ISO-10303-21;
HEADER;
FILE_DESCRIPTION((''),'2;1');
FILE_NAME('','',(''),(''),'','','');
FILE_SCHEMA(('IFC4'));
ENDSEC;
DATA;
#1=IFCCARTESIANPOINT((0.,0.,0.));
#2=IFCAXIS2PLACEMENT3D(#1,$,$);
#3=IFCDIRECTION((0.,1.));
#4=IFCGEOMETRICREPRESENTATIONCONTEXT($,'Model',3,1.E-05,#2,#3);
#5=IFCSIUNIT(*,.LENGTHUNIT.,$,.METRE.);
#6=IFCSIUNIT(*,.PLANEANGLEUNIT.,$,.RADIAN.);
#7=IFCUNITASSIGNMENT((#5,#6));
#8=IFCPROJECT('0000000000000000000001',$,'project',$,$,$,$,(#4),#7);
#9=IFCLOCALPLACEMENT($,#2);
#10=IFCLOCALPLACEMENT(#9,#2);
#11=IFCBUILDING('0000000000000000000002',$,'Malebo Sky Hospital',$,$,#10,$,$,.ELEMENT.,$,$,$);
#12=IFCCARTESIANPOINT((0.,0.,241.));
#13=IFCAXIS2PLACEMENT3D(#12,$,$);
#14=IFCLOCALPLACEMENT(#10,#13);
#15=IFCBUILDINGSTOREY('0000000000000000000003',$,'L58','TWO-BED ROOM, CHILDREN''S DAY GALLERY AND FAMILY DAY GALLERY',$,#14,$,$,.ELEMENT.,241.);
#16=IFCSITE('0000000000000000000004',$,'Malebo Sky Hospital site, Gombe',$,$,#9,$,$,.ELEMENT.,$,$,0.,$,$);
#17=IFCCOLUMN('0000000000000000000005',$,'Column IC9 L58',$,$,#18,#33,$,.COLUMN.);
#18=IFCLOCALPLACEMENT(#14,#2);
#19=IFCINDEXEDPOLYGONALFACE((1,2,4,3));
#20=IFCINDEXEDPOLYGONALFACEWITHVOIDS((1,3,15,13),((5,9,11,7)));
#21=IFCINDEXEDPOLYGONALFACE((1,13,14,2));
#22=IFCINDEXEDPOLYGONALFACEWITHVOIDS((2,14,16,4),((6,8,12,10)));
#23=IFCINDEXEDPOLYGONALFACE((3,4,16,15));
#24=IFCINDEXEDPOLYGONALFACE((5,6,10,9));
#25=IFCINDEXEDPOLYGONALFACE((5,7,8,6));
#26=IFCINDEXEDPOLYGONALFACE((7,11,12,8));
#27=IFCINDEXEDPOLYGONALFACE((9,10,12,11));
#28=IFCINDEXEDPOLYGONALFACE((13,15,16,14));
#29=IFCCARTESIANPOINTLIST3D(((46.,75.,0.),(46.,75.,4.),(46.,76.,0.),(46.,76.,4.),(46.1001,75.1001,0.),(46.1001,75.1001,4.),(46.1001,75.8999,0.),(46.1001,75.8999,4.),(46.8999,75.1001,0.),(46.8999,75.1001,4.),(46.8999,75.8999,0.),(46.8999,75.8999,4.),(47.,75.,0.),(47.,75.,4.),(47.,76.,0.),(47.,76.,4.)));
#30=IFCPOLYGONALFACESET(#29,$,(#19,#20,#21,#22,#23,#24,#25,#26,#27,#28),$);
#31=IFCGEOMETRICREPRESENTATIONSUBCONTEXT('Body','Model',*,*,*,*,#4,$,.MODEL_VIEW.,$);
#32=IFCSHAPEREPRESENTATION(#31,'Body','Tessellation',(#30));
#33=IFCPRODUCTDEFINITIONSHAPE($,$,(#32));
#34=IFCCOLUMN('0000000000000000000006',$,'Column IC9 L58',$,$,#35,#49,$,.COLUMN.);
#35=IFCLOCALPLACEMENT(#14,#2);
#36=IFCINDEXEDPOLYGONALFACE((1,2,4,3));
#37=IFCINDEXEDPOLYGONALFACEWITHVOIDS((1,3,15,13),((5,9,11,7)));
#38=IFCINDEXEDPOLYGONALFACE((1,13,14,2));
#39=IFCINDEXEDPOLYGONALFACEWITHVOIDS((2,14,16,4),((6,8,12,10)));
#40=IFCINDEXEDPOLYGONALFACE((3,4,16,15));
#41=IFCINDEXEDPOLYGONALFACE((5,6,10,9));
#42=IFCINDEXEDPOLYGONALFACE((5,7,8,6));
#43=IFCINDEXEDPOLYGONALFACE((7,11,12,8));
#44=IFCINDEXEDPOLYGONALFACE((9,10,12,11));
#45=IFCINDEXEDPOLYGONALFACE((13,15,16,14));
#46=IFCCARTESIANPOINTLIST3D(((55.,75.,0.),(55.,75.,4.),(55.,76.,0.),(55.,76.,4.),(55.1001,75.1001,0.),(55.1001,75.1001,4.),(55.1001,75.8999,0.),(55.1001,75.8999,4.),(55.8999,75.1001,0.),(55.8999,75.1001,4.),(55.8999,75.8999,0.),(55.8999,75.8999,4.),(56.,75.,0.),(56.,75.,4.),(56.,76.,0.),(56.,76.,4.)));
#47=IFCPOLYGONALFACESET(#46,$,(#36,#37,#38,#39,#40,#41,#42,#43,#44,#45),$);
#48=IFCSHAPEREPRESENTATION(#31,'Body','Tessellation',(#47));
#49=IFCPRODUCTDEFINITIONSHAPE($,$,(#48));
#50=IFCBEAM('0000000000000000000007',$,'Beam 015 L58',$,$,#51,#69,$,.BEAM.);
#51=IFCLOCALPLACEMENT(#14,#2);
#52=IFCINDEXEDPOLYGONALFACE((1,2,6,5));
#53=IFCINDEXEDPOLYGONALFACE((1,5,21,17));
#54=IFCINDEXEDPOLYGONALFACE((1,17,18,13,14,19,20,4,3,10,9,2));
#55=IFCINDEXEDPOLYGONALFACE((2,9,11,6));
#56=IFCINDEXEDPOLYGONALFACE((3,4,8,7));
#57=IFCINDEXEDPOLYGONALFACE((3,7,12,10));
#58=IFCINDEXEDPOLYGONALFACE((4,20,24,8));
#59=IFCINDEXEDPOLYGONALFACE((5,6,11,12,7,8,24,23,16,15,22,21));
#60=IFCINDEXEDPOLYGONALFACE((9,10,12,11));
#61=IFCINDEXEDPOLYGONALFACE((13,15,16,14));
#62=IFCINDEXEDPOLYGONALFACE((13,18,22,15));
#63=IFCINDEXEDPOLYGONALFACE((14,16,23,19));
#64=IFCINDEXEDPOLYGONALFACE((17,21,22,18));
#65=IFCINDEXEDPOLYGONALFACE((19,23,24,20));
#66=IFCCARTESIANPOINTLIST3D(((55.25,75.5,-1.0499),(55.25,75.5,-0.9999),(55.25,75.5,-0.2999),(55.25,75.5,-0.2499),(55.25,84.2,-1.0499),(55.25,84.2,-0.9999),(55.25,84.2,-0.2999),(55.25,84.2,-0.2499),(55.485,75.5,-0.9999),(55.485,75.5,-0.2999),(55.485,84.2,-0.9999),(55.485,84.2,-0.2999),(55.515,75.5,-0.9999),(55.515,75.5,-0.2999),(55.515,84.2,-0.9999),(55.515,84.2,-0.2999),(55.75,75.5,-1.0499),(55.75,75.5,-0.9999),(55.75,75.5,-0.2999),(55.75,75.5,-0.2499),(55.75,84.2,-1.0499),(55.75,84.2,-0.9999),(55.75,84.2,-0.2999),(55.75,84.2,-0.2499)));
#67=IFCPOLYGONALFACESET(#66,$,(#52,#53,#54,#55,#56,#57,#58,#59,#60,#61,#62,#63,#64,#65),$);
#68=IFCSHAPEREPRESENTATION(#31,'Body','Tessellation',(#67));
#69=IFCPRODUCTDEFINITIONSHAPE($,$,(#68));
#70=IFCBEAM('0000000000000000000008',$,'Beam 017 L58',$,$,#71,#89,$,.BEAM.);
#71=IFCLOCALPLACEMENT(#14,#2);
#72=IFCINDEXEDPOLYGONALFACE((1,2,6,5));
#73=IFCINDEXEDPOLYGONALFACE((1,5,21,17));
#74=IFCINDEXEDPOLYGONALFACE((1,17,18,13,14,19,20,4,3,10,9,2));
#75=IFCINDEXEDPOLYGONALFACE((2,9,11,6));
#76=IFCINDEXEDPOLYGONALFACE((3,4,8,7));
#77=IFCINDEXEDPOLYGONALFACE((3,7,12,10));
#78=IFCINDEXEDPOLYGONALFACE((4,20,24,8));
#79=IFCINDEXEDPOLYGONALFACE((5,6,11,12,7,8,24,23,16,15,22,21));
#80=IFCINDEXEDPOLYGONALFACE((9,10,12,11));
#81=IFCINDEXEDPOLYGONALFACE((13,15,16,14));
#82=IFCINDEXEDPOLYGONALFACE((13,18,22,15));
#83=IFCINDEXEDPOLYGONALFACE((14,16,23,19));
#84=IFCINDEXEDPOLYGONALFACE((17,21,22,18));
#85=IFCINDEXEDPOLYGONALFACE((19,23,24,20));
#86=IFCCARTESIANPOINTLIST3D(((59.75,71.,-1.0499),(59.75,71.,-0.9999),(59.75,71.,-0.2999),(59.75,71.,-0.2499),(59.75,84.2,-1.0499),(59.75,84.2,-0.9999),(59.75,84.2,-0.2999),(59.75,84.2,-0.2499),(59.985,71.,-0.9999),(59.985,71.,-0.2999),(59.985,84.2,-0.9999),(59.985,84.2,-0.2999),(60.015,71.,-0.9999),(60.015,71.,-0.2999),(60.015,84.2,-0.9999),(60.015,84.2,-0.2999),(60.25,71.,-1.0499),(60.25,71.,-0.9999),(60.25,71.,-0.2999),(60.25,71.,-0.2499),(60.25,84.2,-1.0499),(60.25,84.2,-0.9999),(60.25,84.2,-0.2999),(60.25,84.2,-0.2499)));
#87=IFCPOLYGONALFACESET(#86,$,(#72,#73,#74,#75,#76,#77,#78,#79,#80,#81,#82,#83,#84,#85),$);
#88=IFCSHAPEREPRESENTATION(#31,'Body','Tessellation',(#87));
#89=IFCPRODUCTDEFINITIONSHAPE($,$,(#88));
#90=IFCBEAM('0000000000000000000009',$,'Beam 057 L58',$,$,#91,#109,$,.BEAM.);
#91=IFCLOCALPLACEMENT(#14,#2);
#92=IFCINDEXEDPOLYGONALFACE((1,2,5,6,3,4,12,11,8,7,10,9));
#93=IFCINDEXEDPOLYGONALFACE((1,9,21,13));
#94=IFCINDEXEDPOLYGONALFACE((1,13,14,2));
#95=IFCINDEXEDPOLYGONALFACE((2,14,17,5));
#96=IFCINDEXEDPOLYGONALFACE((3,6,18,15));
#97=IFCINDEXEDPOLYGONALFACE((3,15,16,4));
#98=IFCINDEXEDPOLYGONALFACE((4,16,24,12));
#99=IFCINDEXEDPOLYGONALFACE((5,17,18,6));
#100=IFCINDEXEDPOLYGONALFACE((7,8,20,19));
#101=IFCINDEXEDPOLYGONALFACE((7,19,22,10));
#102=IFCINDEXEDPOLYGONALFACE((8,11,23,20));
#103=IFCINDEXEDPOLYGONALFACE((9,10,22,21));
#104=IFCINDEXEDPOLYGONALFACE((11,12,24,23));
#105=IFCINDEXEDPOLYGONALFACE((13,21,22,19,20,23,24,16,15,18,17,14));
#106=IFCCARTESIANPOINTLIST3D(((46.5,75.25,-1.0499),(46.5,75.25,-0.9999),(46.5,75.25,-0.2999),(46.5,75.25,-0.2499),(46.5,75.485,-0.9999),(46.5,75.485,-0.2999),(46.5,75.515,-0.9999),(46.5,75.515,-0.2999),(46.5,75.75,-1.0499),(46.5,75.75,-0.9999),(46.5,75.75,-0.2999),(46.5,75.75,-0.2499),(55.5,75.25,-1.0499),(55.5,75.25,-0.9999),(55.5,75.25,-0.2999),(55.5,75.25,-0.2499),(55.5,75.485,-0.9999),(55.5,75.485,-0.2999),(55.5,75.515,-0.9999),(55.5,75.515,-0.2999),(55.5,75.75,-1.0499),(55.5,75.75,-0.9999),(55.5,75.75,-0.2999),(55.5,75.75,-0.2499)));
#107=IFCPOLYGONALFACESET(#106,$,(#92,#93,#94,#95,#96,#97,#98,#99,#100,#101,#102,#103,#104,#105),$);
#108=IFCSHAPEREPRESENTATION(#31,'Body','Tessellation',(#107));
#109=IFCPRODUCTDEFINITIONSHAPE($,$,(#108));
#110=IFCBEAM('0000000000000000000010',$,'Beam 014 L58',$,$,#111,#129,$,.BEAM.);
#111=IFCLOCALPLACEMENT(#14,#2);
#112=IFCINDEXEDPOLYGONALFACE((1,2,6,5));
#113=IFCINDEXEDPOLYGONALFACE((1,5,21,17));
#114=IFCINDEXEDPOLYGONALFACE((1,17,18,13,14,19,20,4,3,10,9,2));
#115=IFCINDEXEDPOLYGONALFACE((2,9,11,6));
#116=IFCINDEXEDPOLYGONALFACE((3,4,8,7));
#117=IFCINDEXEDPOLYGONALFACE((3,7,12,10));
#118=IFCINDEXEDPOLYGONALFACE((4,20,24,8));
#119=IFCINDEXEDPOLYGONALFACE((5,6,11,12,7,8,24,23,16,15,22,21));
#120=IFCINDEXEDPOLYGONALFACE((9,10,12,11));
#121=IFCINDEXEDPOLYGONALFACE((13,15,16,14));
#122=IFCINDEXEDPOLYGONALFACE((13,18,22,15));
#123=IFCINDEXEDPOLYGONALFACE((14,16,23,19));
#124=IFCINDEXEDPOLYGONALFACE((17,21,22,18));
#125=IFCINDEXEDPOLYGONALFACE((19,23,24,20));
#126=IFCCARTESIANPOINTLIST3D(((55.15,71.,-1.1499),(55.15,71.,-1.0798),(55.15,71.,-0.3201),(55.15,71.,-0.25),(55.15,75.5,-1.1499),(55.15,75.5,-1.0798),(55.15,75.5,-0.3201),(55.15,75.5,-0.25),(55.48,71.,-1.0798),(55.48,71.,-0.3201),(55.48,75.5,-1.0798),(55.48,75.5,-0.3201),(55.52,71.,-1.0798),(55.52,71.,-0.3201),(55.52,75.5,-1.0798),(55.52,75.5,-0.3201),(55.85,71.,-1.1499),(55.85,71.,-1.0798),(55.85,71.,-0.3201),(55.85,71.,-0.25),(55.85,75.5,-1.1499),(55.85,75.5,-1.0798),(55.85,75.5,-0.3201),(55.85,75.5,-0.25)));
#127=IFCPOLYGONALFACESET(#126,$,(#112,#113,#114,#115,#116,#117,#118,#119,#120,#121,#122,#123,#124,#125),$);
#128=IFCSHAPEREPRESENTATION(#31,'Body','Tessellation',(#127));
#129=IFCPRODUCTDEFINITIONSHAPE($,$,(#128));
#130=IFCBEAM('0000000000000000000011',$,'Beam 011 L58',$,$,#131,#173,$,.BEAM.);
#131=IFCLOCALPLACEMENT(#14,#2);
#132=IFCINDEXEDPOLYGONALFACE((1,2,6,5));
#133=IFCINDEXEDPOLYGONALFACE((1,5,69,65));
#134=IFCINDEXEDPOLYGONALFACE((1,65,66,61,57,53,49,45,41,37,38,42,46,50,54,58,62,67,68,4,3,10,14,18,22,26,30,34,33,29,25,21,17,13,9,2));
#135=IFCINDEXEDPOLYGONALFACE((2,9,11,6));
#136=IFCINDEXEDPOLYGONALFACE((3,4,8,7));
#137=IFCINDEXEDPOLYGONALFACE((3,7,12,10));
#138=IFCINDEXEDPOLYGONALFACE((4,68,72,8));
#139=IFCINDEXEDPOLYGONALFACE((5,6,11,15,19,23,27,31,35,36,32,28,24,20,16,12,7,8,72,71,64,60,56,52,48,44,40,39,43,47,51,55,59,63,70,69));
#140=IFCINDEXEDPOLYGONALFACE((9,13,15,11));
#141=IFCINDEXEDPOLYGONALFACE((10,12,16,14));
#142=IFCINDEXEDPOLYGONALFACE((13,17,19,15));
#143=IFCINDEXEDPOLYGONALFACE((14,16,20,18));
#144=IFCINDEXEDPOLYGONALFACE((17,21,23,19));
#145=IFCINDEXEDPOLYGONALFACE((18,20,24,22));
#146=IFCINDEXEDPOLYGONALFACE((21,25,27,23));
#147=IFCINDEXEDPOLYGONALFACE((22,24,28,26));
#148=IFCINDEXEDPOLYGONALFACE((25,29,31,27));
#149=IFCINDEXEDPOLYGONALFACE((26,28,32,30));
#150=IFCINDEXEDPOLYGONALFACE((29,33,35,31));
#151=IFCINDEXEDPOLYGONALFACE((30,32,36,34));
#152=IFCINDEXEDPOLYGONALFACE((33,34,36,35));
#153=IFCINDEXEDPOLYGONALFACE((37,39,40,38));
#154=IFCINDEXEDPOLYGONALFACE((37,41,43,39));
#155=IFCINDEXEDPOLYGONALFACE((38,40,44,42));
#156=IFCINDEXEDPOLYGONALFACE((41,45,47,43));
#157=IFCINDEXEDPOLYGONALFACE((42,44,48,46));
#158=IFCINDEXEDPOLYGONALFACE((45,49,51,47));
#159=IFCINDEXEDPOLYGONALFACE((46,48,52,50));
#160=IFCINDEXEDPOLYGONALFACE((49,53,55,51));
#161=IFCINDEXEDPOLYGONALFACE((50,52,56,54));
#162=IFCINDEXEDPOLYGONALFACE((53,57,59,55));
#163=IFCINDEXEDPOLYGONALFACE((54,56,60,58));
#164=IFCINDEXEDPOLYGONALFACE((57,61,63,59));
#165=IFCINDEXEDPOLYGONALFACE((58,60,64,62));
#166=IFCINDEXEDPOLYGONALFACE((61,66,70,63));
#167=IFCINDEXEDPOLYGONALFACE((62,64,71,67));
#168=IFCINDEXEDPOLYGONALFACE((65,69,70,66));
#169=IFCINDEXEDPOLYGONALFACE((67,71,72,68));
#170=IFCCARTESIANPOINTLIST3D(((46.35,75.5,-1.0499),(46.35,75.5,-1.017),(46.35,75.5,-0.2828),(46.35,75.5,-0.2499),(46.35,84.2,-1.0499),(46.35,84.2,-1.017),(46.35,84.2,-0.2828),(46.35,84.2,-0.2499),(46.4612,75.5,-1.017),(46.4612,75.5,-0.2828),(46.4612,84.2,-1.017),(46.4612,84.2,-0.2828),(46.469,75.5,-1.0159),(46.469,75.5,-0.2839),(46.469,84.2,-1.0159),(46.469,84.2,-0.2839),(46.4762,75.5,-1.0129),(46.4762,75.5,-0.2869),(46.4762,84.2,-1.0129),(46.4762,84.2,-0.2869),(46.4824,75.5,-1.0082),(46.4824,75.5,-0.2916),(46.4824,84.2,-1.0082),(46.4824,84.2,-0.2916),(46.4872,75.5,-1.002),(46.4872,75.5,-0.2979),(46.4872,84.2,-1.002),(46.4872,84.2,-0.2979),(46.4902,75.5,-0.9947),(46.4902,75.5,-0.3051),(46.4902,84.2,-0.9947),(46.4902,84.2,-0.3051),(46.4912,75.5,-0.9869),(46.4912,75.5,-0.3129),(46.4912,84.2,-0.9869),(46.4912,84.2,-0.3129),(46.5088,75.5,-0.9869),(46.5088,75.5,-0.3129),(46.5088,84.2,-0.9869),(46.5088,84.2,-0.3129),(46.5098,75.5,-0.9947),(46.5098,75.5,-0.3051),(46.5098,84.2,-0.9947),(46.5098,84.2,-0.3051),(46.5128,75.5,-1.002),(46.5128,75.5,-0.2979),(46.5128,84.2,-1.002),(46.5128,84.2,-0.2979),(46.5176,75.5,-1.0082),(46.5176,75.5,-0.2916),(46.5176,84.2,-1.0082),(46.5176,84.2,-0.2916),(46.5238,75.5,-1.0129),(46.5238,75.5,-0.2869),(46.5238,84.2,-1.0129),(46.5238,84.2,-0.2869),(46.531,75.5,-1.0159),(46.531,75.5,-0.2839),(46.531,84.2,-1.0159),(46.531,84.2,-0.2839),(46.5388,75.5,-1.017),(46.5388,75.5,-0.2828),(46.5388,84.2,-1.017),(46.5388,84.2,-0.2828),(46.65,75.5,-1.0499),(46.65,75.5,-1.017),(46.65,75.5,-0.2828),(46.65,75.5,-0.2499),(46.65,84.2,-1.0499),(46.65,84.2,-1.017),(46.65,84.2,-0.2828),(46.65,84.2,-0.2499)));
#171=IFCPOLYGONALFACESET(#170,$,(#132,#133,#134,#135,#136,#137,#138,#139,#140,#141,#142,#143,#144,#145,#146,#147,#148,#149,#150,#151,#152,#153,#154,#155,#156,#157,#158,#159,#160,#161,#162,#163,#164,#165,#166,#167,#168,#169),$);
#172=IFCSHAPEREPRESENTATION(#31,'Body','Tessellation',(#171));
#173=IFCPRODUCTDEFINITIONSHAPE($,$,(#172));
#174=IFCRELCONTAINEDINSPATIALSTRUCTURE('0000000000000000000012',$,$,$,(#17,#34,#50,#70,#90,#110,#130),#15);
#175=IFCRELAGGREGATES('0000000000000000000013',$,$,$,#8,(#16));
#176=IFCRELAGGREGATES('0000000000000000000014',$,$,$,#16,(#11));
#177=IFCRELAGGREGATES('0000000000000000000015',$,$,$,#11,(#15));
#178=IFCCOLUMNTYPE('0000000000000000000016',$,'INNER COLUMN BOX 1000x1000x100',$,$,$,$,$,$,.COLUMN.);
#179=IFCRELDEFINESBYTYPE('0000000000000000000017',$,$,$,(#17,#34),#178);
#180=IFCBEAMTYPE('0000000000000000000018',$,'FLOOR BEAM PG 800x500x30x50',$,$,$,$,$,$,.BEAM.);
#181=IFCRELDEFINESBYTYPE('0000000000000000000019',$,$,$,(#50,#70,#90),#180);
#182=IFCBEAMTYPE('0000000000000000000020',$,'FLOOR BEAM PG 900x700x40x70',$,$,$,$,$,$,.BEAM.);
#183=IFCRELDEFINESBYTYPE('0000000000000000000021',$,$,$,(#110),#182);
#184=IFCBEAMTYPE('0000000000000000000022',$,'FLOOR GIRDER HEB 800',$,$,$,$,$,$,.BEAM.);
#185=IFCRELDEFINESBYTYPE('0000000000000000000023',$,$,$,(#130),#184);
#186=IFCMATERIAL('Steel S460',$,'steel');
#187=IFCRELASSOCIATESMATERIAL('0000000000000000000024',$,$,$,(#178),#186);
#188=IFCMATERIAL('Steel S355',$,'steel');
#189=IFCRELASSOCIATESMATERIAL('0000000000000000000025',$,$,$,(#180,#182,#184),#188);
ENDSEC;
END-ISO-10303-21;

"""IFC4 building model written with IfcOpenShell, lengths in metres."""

from ifc_helpers import new_model, si_unit, direction, frame, origin, origin_2d, place, context, subcontext, project, spatial, hollow_rectangle, i_section, extrude, material, material_profile, profile_set, type_object, element, save


model = new_model("IFC4")

# Units and contexts
model_context = context("Model", 3, precision=1e-05, world=origin(), true_north=direction((0.0, 1.0)))
body_context = subcontext(model_context, "Body", "Model", "MODEL_VIEW")
ifc_project = project(units=[si_unit("LENGTHUNIT", "METRE"), si_unit("PLANEANGLEUNIT", "RADIAN")], contexts=[model_context])

# Site, building, storey
site_placement = place(None, origin())
site = spatial("IfcSite", under=ifc_project, at=site_placement, Name="Malebo Sky Hospital site, Gombe", CompositionType="ELEMENT", RefElevation=0.0)
building_placement = place(site_placement, origin())
building = spatial("IfcBuilding", under=site, at=building_placement, Name="Malebo Sky Hospital", CompositionType="ELEMENT")
storey_placement = place(building_placement, frame((0.0, 0.0, 241.0)))
storey = spatial("IfcBuildingStorey", under=building, at=storey_placement, Name="L58", Description="TWO-BED ROOM, CHILDREN'S DAY GALLERY AND FAMILY DAY GALLERY", CompositionType="ELEMENT", Elevation=241.0)

# Columns
ifc_material_1 = material(Name="Steel S460", Category="steel")
ifc_material_profile_1 = material_profile(ifc_material_1, hollow_rectangle(XDim=1.0, YDim=1.0, WallThickness=0.1001, at=origin_2d()), Name="BOX 1000x1000x100")
ifc_profile_set_1 = profile_set([ifc_material_profile_1], Name="Steel S460")
column_type = type_object("IfcColumnType", Name="INNER COLUMN BOX 1000x1000x100", PredefinedType="COLUMN", material=ifc_profile_set_1)
for number, where, z_axis, x_axis, name in (
    (1, (46.5, 75.5, 0.0), (0.0, 0.0, 1.0), (1.0, 0.0, 0.0), "Column IC9 L58"),
    (2, (55.5, 75.5, 0.0), (0.0, 0.0, 1.0), (1.0, 0.0, 0.0), "Column IC9 L58"),
):
    element("IfcColumn", number, at=place(storey_placement, frame(where, z_axis=z_axis, x_axis=x_axis)), inside=storey, type_object=column_type, Name=name, PredefinedType="COLUMN", context=body_context, shape_type="SweptSolid", body=[
        extrude(hollow_rectangle(XDim=1.0, YDim=1.0, WallThickness=0.1001, at=origin_2d()), origin(), (0.0, 0.0, 1.0), 4.0),
    ])

# Beams
ifc_material_2 = material(Name="Steel S355", Category="steel")
ifc_material_profile_2 = material_profile(ifc_material_2, i_section(OverallWidth=0.5, OverallDepth=0.8, WebThickness=0.03, FlangeThickness=0.05, at=origin_2d()), Name="PG 800x500x30x50")
ifc_profile_set_2 = profile_set([ifc_material_profile_2], Name="Steel S355")
beam_type_1 = type_object("IfcBeamType", Name="FLOOR BEAM PG 800x500x30x50", PredefinedType="BEAM", material=ifc_profile_set_2)
beam_1_placement = place(storey_placement, frame((55.5, 75.5, -0.6499), z_axis=(0.0, 1.0, 0.0), x_axis=(-1.0, 0.0, 0.0)))
element("IfcBeam", 3, at=beam_1_placement, inside=storey, type_object=beam_type_1, Name="Beam 015 L58", PredefinedType="BEAM", context=body_context, shape_type="SweptSolid", body=[
    extrude(i_section(OverallWidth=0.5, OverallDepth=0.8, WebThickness=0.03, FlangeThickness=0.05, at=origin_2d()), origin(), (0.0, 0.0, 1.0), 8.7),
])
beam_2_placement = place(storey_placement, frame((60.0, 71.0, -0.6499), z_axis=(0.0, 1.0, 0.0), x_axis=(-1.0, 0.0, 0.0)))
element("IfcBeam", 4, at=beam_2_placement, inside=storey, type_object=beam_type_1, Name="Beam 017 L58", PredefinedType="BEAM", context=body_context, shape_type="SweptSolid", body=[
    extrude(i_section(OverallWidth=0.5, OverallDepth=0.8, WebThickness=0.03, FlangeThickness=0.05, at=origin_2d()), origin(), (0.0, 0.0, 1.0), 13.2),
])
beam_3_placement = place(storey_placement, frame((46.5, 75.5, -0.6499), z_axis=(1.0, 0.0, 0.0), x_axis=(0.0, 1.0, 0.0)))
element("IfcBeam", 5, at=beam_3_placement, inside=storey, type_object=beam_type_1, Name="Beam 057 L58", PredefinedType="BEAM", context=body_context, shape_type="SweptSolid", body=[
    extrude(i_section(OverallWidth=0.5, OverallDepth=0.8, WebThickness=0.03, FlangeThickness=0.05, at=origin_2d()), origin(), (0.0, 0.0, 1.0), 9.0),
])
ifc_material_profile_3 = material_profile(ifc_material_2, i_section(OverallWidth=0.7, OverallDepth=0.8999, WebThickness=0.04, FlangeThickness=0.0701, at=origin_2d()), Name="PG 900x700x40x70")
ifc_profile_set_3 = profile_set([ifc_material_profile_3], Name="Steel S355")
beam_type_2 = type_object("IfcBeamType", Name="FLOOR BEAM PG 900x700x40x70", PredefinedType="BEAM", material=ifc_profile_set_3)
beam_4_placement = place(storey_placement, frame((55.5, 71.0, -0.7), z_axis=(0.0, 1.0, 0.0), x_axis=(-1.0, 0.0, 0.0)))
element("IfcBeam", 6, at=beam_4_placement, inside=storey, type_object=beam_type_2, Name="Beam 014 L58", PredefinedType="BEAM", context=body_context, shape_type="SweptSolid", body=[
    extrude(i_section(OverallWidth=0.7, OverallDepth=0.8999, WebThickness=0.04, FlangeThickness=0.0701, at=origin_2d()), origin(), (0.0, 0.0, 1.0), 4.5),
])
ifc_material_profile_4 = material_profile(ifc_material_2, i_section(OverallWidth=0.3, OverallDepth=0.8, WebThickness=0.0176, FlangeThickness=0.033, FilletRadius=0.03, at=origin_2d()), Name="HEB 800")
ifc_profile_set_4 = profile_set([ifc_material_profile_4], Name="Steel S355")
beam_type_3 = type_object("IfcBeamType", Name="FLOOR GIRDER HEB 800", PredefinedType="BEAM", material=ifc_profile_set_4)
beam_5_placement = place(storey_placement, frame((46.5, 75.5, -0.6499), z_axis=(0.0, 1.0, 0.0), x_axis=(-1.0, 0.0, 0.0)))
element("IfcBeam", 7, at=beam_5_placement, inside=storey, type_object=beam_type_3, Name="Beam 011 L58", PredefinedType="BEAM", context=body_context, shape_type="SweptSolid", body=[
    extrude(i_section(OverallWidth=0.3, OverallDepth=0.8, WebThickness=0.0176, FlangeThickness=0.033, FilletRadius=0.03, at=origin_2d()), origin(), (0.0, 0.0, 1.0), 8.7),
])

save(model, "model.ifc")
